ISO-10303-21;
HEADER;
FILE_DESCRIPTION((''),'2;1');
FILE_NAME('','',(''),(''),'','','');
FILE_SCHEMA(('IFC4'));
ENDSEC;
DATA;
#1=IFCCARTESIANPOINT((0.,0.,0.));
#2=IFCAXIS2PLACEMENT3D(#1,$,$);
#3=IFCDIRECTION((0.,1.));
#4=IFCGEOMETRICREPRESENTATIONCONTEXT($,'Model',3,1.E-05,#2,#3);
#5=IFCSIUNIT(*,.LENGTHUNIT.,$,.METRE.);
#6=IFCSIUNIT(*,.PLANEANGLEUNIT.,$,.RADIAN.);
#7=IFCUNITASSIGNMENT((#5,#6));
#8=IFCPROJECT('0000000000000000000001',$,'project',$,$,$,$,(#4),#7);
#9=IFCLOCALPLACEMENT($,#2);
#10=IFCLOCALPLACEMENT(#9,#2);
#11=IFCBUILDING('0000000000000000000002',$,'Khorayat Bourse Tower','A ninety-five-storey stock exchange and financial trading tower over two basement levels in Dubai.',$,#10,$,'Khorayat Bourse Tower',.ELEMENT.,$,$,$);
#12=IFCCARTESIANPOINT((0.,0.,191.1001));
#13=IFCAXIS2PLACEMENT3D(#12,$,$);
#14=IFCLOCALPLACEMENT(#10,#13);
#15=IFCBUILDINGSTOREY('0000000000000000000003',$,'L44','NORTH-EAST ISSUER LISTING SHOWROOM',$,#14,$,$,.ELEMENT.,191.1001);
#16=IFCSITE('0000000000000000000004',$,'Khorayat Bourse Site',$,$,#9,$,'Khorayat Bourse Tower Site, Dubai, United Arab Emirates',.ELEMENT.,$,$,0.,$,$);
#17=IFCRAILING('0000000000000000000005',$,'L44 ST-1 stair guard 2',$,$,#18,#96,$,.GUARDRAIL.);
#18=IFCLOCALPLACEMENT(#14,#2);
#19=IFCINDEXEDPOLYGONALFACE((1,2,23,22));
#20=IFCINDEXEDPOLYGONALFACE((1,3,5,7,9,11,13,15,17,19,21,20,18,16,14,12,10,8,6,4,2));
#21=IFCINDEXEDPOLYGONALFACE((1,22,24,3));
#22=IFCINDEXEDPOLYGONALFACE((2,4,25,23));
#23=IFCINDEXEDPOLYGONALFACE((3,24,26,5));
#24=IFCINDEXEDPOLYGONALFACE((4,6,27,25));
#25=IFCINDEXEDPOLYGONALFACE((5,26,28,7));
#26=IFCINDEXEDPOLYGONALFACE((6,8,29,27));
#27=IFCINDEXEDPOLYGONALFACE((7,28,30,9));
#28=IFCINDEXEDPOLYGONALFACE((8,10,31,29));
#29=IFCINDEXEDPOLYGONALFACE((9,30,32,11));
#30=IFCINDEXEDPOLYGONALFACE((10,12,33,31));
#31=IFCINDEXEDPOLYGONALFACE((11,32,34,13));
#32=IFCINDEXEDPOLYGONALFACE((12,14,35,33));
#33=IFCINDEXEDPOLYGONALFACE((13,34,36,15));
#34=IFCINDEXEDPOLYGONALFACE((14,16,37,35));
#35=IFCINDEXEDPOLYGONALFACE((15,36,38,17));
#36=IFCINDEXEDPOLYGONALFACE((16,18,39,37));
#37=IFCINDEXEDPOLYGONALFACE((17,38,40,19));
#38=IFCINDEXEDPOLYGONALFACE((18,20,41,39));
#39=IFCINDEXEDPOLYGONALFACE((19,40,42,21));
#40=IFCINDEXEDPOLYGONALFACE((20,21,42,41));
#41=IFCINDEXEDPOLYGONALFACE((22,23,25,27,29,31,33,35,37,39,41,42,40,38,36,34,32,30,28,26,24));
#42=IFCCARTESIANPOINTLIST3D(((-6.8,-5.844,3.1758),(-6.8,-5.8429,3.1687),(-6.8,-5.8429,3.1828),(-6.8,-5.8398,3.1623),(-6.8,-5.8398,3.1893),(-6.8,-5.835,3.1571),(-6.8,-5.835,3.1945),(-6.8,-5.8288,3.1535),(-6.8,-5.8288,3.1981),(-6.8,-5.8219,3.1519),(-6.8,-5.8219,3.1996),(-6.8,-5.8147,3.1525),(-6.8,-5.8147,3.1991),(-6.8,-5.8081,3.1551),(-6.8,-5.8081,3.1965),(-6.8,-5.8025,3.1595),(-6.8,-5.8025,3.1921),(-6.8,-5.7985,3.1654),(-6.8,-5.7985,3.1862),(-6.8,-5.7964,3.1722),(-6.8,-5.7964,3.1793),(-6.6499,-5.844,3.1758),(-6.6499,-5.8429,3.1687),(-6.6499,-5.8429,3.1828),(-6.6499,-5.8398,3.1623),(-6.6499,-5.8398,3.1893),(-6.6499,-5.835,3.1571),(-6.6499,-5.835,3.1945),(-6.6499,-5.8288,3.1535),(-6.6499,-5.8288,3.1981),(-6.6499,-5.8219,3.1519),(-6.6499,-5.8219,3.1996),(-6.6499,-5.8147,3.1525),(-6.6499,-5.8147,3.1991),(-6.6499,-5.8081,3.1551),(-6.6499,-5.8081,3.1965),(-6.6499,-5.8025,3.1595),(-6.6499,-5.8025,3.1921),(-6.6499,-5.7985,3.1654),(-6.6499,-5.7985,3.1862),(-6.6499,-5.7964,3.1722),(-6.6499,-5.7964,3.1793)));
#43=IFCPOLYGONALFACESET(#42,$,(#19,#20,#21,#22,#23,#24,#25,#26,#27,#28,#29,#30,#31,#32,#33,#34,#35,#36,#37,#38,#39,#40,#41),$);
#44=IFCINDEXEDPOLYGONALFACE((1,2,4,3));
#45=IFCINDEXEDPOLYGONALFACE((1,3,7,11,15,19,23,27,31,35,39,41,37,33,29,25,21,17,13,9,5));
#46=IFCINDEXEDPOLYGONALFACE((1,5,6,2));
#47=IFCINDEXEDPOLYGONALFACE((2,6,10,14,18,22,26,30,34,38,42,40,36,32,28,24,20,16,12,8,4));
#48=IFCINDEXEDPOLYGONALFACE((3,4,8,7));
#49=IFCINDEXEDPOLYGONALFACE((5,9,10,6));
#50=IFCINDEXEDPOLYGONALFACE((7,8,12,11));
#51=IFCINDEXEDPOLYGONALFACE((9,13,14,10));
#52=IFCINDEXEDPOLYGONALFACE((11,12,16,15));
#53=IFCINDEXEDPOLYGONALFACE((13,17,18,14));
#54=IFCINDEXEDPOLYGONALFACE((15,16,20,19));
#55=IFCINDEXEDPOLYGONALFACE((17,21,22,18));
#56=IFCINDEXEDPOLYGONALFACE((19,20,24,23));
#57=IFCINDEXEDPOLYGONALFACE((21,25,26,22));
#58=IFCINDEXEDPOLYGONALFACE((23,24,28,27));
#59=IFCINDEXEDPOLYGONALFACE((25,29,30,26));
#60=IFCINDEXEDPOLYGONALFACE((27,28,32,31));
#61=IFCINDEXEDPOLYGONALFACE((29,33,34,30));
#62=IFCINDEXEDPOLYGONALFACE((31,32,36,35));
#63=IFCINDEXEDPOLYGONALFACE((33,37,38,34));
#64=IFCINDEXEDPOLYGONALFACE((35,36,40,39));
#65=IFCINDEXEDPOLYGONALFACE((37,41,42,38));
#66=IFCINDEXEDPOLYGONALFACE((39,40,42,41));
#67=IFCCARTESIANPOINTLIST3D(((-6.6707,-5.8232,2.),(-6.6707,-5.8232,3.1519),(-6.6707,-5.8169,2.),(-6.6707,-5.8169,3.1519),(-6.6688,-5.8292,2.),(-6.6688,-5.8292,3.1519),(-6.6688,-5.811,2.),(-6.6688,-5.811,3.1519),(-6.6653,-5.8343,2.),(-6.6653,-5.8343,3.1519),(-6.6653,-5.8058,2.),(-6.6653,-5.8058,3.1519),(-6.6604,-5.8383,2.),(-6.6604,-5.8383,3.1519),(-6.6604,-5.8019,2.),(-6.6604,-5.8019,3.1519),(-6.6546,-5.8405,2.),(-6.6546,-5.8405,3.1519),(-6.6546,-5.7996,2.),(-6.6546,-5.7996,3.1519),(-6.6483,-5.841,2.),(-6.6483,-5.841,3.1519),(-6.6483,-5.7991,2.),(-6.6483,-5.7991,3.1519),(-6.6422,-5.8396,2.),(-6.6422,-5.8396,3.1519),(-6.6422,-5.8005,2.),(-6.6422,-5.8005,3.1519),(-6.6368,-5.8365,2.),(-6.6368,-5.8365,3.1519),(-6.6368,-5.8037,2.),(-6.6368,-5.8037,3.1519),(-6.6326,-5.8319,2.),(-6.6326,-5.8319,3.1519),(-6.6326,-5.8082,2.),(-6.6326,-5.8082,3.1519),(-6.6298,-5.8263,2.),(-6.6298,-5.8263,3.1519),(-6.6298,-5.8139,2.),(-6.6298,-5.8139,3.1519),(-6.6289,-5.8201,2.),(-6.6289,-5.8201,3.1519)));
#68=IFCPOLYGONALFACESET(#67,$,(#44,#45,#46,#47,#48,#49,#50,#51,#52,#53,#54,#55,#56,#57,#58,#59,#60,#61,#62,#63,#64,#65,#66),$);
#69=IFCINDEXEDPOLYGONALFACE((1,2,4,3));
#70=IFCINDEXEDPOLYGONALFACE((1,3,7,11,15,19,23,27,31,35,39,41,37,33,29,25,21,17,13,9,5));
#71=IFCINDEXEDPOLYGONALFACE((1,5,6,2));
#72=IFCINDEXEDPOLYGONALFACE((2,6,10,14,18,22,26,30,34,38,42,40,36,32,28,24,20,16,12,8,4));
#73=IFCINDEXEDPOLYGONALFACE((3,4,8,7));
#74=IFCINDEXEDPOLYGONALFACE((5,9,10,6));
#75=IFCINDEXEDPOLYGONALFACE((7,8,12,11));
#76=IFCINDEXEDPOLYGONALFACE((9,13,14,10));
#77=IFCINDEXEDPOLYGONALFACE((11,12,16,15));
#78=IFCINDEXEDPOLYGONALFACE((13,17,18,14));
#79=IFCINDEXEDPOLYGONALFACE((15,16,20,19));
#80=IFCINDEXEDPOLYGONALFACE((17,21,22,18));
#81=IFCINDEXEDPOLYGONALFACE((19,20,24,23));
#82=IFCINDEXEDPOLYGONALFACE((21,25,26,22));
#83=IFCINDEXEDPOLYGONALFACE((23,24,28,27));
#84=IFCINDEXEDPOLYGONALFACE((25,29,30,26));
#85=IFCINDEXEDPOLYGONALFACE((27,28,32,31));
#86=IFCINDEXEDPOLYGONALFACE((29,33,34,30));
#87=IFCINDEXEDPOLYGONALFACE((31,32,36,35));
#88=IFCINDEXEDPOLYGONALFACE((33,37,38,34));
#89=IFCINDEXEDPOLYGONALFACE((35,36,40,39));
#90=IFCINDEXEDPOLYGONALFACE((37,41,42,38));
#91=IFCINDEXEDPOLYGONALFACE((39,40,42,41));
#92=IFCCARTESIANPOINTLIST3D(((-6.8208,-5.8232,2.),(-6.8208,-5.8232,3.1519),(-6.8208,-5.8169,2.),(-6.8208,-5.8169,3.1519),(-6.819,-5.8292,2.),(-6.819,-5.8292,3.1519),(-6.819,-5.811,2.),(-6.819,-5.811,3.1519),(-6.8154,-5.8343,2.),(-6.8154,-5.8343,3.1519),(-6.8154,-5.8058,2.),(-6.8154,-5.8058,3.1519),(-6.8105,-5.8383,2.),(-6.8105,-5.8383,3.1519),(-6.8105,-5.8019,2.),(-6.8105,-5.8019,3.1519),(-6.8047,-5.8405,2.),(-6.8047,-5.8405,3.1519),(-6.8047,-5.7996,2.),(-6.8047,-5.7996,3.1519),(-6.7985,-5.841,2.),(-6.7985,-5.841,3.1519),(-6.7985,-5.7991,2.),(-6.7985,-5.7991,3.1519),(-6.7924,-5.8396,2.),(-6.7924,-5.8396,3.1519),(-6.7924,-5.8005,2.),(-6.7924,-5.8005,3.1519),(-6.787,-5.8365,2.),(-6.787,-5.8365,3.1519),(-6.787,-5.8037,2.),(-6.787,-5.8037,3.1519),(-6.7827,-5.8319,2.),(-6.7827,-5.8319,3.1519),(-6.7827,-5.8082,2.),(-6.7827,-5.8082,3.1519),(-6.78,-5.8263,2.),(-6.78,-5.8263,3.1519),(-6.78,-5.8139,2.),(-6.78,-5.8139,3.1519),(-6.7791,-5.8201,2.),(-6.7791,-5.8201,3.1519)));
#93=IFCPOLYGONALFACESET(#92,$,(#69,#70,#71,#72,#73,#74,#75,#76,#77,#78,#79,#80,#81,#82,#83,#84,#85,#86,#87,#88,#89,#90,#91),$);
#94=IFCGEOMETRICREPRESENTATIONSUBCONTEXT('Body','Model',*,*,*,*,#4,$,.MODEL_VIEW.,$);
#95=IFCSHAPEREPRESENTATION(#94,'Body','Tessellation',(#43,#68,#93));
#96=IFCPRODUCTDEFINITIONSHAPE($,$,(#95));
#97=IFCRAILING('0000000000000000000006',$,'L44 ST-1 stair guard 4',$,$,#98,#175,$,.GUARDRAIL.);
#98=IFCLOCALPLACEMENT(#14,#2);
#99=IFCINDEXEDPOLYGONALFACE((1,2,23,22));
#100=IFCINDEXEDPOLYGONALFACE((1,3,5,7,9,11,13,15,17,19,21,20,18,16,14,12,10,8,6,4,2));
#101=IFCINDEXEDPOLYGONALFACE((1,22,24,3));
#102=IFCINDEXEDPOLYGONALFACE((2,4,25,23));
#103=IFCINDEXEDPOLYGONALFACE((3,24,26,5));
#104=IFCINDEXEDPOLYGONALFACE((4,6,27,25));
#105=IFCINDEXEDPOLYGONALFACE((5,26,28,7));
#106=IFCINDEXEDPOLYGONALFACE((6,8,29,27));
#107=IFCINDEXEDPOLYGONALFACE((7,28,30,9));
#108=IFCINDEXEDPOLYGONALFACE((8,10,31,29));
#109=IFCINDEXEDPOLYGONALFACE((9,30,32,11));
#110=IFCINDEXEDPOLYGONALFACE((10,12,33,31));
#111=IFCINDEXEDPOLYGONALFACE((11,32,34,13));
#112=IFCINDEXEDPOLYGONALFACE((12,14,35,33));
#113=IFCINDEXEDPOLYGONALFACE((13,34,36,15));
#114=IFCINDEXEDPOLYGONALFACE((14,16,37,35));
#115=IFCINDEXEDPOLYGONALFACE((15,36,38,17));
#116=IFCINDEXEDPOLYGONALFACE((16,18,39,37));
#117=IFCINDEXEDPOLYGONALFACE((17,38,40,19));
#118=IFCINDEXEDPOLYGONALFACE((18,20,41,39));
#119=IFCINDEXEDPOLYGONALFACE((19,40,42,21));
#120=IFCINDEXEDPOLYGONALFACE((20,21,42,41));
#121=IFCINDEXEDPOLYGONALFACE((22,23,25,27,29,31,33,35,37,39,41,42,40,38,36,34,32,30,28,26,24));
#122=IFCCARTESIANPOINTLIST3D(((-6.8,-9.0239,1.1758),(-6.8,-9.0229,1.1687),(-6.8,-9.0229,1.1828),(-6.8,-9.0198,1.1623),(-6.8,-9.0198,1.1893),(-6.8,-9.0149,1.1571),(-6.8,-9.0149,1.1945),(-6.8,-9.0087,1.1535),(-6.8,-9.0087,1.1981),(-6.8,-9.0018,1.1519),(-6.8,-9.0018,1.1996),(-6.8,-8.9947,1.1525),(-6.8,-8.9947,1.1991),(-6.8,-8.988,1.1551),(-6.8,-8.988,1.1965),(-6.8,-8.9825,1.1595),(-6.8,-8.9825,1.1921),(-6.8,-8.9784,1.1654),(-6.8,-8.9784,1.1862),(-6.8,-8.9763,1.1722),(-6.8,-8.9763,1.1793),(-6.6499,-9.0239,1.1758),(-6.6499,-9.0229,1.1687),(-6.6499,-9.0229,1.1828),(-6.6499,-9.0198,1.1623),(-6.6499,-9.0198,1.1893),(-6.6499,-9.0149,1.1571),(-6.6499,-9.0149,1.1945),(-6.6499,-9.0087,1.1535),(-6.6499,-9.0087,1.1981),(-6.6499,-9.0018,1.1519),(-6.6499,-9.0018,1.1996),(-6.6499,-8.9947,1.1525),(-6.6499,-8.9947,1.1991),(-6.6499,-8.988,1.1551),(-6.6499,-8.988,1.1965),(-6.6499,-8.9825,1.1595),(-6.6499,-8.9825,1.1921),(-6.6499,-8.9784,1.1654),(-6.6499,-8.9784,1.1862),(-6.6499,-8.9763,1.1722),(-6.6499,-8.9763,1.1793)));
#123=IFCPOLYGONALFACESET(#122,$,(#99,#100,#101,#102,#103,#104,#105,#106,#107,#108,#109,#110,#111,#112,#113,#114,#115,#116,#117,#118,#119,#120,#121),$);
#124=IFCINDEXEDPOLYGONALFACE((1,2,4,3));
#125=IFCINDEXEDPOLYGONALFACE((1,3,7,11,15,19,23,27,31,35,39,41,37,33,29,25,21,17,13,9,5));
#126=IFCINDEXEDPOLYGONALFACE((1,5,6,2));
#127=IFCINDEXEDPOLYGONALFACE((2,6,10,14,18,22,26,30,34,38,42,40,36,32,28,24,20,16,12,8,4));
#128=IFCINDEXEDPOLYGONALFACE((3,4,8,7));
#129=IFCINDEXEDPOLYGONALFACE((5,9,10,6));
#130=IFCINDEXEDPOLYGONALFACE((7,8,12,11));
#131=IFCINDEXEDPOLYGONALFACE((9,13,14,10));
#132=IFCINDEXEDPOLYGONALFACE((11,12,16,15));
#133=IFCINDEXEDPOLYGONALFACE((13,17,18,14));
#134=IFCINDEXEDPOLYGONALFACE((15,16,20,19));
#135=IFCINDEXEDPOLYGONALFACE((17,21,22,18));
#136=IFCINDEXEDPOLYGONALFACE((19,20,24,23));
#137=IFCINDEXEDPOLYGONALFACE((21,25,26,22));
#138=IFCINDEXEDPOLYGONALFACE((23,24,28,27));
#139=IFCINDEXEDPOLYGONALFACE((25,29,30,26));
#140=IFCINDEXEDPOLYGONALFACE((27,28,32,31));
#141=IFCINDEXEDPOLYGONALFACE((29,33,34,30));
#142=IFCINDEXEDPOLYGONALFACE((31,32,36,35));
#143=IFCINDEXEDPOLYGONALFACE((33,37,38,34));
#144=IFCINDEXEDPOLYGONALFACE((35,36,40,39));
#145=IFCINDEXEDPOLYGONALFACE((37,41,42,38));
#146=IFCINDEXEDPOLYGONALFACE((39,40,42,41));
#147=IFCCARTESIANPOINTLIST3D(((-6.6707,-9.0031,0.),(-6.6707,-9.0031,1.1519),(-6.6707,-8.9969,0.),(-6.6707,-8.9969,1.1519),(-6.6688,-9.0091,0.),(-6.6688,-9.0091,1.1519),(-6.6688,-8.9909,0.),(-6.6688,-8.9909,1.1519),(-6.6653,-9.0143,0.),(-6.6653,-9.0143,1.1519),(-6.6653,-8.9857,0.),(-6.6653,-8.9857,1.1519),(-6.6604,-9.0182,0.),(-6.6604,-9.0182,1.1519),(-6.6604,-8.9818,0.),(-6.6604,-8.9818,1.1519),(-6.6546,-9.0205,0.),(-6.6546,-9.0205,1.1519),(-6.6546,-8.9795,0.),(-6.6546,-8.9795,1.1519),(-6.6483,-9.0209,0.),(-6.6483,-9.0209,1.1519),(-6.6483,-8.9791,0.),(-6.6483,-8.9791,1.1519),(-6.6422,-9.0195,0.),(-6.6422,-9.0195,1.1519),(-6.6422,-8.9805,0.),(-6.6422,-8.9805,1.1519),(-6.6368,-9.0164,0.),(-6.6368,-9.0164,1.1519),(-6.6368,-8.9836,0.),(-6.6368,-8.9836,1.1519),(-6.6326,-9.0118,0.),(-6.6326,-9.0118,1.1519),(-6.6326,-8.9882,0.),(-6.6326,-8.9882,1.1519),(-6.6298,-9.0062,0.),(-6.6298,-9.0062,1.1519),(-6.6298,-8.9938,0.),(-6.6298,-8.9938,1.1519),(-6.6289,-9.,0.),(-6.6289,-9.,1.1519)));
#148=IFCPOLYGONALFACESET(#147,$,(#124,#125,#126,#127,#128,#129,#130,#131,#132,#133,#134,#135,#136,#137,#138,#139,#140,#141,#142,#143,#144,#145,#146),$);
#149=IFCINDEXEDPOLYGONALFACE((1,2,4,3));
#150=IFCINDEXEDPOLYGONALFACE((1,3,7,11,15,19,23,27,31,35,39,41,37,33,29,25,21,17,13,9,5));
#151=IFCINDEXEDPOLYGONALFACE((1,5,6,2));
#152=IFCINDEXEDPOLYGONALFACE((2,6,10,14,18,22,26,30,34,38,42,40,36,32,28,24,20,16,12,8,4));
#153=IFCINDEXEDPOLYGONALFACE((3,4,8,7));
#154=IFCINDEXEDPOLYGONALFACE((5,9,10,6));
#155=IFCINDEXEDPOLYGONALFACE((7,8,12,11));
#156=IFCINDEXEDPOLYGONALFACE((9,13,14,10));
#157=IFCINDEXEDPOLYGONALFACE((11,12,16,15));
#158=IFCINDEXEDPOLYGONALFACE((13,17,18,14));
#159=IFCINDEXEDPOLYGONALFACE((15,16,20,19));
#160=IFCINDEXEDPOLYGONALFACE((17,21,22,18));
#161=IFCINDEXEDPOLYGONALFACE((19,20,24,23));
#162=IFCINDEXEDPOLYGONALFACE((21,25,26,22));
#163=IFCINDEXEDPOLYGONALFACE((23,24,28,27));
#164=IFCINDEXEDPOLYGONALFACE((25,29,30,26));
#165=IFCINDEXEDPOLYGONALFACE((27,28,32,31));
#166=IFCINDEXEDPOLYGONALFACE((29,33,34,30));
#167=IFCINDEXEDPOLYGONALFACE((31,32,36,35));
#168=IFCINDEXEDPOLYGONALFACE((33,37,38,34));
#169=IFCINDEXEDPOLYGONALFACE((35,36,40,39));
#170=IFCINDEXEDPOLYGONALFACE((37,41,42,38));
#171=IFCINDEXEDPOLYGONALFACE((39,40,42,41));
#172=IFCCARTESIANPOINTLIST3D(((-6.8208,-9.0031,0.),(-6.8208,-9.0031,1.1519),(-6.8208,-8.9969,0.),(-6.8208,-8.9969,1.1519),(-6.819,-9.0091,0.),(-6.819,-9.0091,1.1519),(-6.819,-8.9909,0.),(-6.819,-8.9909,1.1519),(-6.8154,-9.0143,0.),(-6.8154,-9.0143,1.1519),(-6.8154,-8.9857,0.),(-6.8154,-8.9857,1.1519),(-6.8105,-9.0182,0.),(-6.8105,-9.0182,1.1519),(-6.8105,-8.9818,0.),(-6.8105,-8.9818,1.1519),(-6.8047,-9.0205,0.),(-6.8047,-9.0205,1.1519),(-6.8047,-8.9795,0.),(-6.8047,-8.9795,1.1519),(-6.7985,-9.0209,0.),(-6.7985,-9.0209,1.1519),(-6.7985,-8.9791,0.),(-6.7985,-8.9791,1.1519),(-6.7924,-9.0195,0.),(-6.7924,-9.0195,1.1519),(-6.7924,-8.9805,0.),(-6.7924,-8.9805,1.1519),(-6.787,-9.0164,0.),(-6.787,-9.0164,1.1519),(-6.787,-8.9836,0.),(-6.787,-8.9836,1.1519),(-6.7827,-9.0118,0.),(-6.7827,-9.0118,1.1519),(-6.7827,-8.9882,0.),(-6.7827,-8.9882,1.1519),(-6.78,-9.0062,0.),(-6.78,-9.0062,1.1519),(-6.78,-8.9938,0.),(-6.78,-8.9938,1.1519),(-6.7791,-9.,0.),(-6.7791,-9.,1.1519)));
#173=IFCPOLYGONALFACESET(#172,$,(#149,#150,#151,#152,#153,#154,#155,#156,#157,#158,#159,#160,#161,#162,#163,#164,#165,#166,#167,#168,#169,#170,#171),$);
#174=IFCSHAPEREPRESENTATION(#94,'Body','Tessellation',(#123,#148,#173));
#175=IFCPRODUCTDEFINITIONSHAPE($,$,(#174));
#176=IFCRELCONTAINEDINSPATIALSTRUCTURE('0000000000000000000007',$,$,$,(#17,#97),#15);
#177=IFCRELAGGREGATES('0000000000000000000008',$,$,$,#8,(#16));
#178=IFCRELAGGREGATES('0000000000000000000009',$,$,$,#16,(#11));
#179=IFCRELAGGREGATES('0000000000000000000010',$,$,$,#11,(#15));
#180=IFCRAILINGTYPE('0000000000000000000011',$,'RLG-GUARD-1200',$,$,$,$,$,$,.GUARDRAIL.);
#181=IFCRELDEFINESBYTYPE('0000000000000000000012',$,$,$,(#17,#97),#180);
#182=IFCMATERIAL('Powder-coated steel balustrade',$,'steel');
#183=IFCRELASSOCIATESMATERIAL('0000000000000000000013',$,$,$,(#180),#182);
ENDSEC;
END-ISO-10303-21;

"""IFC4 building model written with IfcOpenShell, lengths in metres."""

from ifc_helpers import new_model, si_unit, direction, frame, origin, origin_2d, place, context, subcontext, project, spatial, circle, extrude, source, transform, mapped, material, type_object, element, save


model = new_model("IFC4")

# Units and contexts
model_context = context("Model", 3, precision=1e-05, world=origin(), true_north=direction((0.0, 1.0)))
body_context = subcontext(model_context, "Body", "Model", "MODEL_VIEW")
ifc_project = project(units=[si_unit("LENGTHUNIT", "METRE"), si_unit("PLANEANGLEUNIT", "RADIAN")], contexts=[model_context])

# Site, building, storey
site_placement = place(None, origin())
site = spatial("IfcSite", under=ifc_project, at=site_placement, Name="Khorayat Bourse Site", LongName="Khorayat Bourse Tower Site, Dubai, United Arab Emirates", CompositionType="ELEMENT", RefElevation=0.0)
building_placement = place(site_placement, origin())
building = spatial("IfcBuilding", under=site, at=building_placement, Name="Khorayat Bourse Tower", Description="A ninety-five-storey stock exchange and financial trading tower over two basement levels in Dubai.", LongName="Khorayat Bourse Tower", CompositionType="ELEMENT")
storey_placement = place(building_placement, frame((0.0, 0.0, 191.1001)))
storey = spatial("IfcBuildingStorey", under=building, at=storey_placement, Name="L44", Description="NORTH-EAST ISSUER LISTING SHOWROOM", CompositionType="ELEMENT", Elevation=191.1001)

# Railings
ifc_material_1 = material(Name="Powder-coated steel balustrade", Category="steel")
railing_type_1 = type_object("IfcRailingType", Name="RLG-GUARD-1200", PredefinedType="GUARDRAIL", material=ifc_material_1)
shared_shape_1 = source(origin(), body_context, "Body", "SweptSolid", [
    extrude(circle(Radius=0.0239, at=origin_2d()), frame((0.0, 0.0, 1.1758), z_axis=(-1.0, 0.0, 0.0), x_axis=(0.0, -1.0, 0.0)), (0.0, 0.0, 1.0), 0.1501),
    extrude(circle(Radius=0.021, at=origin_2d()), origin(), (0.0, 0.0, 1.0), 1.1519),
    extrude(circle(Radius=0.021, at=origin_2d()), frame((-0.1501, 0.0, 0.0)), (0.0, 0.0, 1.0), 1.1519),
])
for number, where, name in (
    (1, (-6.6499, -5.8201, 2.0), "L44 ST-1 stair guard 2"),
    (2, (-6.6499, -9.0, 0.0), "L44 ST-1 stair guard 4"),
):
    element("IfcRailing", number, at=place(storey_placement, frame(where)), inside=storey, type_object=railing_type_1, Name=name, PredefinedType="GUARDRAIL", context=body_context, shape_type="MappedRepresentation", body=[
        mapped(shared_shape_1, transform((0.0, 0.0, 0.0), scale=1.0)),
    ])

save(model, "model.ifc")
